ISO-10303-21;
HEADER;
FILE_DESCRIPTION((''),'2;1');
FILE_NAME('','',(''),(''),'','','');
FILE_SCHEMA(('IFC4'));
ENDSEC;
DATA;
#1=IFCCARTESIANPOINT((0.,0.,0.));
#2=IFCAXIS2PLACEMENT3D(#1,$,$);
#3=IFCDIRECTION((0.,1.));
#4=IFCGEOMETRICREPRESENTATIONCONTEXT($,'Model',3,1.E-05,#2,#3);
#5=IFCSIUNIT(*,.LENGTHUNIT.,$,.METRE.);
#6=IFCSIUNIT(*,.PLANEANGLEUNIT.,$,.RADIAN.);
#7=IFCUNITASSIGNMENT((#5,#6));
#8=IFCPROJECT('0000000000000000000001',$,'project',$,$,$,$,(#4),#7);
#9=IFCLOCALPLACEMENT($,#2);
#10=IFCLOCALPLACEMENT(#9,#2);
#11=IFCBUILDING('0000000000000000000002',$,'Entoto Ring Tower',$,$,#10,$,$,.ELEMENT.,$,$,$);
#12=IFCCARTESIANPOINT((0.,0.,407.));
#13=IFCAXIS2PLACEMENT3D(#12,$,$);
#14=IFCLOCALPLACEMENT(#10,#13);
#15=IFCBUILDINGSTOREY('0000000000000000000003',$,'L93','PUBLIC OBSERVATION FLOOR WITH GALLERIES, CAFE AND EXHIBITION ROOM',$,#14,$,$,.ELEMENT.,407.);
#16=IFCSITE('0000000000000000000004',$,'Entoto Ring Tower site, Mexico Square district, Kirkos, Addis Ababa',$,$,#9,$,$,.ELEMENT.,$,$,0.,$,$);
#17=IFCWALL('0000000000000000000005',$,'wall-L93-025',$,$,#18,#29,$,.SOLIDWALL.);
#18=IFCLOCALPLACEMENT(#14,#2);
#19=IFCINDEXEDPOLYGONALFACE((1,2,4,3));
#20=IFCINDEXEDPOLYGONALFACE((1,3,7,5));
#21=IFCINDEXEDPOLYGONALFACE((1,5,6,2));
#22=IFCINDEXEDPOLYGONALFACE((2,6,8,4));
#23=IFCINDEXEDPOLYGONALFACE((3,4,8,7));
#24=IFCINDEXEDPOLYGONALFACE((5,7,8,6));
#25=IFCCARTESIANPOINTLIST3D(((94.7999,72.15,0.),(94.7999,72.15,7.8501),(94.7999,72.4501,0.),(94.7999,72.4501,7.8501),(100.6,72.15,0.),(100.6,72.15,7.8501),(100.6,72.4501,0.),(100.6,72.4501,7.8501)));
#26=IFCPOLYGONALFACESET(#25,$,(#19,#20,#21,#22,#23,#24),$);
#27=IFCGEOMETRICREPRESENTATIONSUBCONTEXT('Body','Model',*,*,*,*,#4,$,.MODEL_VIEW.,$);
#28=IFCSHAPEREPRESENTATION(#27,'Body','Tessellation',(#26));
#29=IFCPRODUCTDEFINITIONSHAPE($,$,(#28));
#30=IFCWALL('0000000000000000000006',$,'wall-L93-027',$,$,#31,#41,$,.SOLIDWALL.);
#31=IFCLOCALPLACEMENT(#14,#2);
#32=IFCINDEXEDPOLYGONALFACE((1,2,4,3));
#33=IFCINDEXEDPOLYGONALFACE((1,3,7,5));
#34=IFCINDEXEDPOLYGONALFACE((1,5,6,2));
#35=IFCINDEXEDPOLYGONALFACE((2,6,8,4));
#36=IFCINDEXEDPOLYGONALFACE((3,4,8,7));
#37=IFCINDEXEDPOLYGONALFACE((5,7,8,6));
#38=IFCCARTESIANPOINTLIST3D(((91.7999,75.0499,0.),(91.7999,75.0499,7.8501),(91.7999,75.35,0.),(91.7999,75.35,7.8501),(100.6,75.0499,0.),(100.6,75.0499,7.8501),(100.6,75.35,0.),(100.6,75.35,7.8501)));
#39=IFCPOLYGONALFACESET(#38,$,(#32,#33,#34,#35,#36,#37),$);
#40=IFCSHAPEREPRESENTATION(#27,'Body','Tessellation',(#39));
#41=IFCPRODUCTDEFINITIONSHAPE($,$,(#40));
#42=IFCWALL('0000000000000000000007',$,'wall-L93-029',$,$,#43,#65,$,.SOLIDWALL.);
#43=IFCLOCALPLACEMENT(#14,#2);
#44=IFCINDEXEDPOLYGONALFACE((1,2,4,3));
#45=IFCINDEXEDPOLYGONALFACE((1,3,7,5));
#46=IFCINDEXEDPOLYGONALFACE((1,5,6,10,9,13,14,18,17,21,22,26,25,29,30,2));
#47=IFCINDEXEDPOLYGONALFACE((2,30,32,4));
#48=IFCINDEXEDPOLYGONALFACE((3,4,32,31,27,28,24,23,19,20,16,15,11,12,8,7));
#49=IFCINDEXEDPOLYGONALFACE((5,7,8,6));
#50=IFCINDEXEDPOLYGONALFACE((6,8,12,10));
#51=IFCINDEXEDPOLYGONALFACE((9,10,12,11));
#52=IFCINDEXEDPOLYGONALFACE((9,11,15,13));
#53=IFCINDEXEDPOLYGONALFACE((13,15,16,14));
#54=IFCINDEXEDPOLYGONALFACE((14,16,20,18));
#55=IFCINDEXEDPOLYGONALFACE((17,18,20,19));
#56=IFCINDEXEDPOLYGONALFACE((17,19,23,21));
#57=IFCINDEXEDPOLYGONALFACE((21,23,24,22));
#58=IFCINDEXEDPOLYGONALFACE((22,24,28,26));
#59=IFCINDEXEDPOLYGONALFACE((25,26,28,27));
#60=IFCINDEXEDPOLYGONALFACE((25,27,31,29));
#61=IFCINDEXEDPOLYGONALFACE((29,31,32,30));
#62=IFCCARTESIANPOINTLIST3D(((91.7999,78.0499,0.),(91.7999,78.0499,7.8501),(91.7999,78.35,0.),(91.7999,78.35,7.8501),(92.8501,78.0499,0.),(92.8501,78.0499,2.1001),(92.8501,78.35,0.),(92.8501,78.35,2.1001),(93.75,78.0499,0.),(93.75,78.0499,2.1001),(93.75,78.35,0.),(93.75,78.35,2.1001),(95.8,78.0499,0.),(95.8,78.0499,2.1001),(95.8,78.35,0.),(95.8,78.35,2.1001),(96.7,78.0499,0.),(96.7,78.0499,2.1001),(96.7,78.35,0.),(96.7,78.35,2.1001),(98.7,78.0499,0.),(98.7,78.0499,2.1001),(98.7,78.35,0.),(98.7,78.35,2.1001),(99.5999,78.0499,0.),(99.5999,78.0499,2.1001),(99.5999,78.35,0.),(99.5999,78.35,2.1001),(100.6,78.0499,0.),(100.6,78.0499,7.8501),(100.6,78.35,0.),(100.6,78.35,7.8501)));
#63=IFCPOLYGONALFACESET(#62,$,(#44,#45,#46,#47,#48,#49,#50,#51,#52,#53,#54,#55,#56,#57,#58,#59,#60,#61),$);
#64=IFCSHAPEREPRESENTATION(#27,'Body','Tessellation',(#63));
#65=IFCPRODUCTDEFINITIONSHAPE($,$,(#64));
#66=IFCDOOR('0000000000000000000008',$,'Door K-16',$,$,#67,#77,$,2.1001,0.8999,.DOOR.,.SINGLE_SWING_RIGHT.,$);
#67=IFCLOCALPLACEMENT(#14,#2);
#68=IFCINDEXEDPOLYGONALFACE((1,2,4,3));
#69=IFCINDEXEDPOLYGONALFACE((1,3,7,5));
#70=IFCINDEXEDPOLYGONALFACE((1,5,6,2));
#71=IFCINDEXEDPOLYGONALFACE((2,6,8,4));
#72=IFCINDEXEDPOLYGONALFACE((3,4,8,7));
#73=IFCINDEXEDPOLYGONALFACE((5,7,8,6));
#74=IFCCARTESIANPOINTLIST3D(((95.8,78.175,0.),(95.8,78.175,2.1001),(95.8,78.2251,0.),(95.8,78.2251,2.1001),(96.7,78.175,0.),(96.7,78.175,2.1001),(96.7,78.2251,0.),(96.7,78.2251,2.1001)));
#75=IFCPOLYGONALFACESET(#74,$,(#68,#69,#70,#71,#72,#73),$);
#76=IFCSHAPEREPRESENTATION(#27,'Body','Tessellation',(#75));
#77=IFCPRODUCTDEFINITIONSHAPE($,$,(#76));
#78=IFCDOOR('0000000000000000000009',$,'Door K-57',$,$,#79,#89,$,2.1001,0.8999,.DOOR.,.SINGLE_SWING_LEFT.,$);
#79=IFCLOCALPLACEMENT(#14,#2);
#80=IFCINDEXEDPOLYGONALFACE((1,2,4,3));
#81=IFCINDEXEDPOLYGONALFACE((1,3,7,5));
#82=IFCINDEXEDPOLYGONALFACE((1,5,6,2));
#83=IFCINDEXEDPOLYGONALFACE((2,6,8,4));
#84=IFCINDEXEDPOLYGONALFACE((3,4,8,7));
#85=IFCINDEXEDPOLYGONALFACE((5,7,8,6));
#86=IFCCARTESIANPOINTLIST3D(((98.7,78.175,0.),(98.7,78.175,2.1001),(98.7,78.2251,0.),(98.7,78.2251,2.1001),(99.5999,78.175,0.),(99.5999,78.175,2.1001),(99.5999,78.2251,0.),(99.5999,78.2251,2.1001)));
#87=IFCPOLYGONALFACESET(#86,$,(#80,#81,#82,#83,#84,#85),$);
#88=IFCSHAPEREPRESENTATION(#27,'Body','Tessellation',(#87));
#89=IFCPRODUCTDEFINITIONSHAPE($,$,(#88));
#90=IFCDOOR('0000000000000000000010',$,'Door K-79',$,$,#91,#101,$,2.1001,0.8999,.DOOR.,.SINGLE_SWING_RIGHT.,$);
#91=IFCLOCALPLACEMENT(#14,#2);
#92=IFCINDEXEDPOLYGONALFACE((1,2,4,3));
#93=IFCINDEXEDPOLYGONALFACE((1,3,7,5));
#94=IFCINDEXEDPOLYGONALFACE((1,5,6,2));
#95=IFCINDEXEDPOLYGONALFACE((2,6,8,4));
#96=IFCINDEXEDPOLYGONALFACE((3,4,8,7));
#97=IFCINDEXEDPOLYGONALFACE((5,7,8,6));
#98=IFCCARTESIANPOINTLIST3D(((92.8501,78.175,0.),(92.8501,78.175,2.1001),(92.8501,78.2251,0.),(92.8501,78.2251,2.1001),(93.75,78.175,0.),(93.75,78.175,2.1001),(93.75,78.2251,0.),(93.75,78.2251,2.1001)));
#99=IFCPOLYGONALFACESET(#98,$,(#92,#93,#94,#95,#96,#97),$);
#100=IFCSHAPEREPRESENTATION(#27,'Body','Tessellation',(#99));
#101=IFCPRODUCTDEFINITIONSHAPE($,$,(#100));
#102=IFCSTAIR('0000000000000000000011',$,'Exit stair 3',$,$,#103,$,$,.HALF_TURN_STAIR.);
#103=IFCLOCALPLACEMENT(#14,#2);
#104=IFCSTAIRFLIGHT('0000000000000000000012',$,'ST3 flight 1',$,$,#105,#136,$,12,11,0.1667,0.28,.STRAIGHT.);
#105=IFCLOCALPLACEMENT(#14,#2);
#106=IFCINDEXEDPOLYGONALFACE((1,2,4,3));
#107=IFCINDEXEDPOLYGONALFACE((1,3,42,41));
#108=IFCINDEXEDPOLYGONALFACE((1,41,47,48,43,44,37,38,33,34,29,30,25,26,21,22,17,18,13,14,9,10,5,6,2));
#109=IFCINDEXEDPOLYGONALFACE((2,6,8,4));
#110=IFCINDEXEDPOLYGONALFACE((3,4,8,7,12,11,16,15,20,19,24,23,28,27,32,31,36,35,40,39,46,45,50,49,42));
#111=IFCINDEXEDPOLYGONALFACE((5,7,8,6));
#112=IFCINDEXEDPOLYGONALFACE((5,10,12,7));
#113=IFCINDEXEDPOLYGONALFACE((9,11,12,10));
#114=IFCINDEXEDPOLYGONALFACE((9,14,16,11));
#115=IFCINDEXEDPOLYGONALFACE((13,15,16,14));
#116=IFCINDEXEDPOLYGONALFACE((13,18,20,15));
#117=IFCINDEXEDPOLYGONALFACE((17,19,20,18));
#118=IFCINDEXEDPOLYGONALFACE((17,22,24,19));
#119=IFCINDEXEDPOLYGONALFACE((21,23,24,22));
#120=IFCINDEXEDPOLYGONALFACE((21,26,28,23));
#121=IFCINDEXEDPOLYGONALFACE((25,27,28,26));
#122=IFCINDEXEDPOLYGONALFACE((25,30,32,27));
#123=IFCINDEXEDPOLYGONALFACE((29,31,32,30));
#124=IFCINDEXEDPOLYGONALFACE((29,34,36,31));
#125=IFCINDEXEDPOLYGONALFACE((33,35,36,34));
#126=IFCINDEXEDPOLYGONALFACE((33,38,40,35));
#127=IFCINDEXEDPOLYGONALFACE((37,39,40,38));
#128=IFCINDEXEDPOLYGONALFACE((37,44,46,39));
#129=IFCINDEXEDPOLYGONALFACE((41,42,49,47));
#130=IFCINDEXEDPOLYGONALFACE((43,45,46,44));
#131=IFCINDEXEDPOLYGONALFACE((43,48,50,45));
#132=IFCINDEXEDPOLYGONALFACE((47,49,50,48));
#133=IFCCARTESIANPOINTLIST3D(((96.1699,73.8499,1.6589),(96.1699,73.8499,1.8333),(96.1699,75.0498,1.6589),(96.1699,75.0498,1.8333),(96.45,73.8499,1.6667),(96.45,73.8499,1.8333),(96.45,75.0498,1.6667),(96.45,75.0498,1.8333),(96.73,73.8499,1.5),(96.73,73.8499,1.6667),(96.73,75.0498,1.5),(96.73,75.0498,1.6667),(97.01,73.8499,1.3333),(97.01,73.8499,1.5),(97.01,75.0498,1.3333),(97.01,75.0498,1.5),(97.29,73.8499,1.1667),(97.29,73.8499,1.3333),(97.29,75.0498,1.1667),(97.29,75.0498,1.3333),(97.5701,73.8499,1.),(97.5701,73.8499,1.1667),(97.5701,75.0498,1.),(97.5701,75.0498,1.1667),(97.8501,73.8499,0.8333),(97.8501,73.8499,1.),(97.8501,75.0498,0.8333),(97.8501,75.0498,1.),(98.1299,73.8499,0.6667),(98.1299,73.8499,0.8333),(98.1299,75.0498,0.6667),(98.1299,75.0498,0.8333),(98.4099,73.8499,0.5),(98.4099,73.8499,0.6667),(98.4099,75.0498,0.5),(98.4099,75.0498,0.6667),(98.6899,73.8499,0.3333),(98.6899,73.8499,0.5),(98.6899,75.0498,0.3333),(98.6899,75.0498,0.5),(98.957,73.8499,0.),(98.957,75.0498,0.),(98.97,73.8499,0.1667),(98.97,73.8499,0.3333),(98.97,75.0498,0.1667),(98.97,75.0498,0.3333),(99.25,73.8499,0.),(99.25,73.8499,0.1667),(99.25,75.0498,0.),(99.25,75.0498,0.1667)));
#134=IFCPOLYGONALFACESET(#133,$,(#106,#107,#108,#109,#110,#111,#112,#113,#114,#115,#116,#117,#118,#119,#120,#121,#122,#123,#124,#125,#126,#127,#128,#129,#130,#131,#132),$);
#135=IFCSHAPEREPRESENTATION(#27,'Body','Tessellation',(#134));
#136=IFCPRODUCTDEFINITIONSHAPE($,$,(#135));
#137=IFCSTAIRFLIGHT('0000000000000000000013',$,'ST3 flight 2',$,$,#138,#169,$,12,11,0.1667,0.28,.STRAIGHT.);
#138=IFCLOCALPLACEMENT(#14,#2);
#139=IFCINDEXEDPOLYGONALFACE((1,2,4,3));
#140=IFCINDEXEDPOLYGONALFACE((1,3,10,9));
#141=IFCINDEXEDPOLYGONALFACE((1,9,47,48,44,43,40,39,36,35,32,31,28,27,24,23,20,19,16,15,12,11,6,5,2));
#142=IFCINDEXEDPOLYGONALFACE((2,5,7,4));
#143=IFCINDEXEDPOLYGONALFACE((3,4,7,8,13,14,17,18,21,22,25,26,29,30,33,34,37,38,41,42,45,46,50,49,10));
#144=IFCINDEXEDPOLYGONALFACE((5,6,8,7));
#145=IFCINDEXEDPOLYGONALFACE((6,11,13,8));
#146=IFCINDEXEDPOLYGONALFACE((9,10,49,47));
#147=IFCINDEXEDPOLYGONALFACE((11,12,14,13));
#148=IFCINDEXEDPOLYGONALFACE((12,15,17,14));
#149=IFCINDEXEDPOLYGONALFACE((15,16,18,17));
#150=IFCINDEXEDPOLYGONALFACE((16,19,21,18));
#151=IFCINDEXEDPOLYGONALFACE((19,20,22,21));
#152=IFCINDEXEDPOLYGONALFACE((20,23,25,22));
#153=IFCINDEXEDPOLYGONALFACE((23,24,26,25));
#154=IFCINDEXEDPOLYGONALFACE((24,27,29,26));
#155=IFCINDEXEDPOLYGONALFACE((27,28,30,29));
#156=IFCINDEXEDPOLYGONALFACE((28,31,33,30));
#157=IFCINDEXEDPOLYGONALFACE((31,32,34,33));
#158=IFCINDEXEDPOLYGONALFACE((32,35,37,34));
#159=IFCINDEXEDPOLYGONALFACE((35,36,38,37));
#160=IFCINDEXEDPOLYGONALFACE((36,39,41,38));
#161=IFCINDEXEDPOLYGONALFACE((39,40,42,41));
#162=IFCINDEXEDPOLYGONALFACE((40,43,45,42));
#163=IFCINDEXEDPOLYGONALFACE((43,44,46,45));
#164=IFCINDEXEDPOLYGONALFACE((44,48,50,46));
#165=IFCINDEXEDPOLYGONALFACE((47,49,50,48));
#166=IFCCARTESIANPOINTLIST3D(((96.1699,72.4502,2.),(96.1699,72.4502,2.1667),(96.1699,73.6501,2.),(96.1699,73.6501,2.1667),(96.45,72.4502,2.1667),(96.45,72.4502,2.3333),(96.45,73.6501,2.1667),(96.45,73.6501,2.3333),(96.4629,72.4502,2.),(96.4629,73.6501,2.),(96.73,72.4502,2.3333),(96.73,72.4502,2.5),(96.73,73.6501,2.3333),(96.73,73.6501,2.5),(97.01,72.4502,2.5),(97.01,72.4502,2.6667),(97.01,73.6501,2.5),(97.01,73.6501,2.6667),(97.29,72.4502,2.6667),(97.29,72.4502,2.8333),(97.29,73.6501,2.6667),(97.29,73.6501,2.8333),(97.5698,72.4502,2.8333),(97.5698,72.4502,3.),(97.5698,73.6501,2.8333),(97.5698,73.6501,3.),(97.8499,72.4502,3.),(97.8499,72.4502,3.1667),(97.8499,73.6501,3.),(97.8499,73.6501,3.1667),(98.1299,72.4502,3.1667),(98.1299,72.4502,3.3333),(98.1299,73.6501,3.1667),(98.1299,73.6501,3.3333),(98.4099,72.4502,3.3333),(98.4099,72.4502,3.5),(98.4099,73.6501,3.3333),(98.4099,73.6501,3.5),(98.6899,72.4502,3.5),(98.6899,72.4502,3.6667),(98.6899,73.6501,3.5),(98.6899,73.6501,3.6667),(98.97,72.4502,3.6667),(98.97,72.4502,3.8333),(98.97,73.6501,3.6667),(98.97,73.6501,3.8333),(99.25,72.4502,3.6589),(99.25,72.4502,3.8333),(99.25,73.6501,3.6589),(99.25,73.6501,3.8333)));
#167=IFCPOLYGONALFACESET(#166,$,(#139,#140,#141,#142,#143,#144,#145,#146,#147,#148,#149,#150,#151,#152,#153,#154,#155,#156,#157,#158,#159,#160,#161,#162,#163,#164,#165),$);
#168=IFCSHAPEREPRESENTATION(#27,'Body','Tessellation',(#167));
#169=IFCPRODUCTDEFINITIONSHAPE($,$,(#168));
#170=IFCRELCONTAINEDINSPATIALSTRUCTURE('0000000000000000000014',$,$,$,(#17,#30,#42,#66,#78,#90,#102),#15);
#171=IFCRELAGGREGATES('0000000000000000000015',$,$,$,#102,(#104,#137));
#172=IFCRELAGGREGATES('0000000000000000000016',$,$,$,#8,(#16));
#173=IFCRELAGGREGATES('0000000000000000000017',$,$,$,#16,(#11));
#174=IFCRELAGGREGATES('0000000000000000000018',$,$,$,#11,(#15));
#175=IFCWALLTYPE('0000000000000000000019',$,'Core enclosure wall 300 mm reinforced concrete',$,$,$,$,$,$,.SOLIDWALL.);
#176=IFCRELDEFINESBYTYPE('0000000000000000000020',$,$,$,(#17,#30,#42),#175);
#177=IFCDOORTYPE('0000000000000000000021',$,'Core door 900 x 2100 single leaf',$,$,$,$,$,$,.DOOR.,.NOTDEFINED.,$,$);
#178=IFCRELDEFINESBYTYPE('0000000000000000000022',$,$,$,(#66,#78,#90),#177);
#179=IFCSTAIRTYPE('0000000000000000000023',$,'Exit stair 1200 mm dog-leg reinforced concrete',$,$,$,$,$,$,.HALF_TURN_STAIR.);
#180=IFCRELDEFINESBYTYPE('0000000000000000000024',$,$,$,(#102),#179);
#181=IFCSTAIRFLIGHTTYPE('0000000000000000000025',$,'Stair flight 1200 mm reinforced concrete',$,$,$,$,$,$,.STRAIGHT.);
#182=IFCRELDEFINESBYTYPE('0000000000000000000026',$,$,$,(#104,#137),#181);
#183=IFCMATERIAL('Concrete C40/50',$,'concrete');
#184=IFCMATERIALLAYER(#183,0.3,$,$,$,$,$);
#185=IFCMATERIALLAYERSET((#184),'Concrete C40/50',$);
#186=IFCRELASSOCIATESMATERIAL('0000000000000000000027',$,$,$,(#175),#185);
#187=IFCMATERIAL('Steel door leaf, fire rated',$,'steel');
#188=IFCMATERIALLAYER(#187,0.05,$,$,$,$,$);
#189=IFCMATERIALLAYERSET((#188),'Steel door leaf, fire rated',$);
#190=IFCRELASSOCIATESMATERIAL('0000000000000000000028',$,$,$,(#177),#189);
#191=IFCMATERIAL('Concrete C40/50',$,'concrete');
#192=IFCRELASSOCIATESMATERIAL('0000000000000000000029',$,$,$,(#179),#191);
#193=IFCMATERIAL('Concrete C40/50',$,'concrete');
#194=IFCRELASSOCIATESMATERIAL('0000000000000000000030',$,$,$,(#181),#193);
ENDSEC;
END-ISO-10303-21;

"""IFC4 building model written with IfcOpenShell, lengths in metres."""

from ifc_helpers import new_model, si_unit, direction, frame, frame_2d, origin, place, context, subcontext, project, spatial, polyline, rectangle, outline, extrude, material, layer, layer_set, type_object, element, fill, aggregate, save


model = new_model("IFC4")

# Units and contexts
model_context = context("Model", 3, precision=1e-05, world=origin(), true_north=direction((0.0, 1.0)))
body_context = subcontext(model_context, "Body", "Model", "MODEL_VIEW")
ifc_project = project(units=[si_unit("LENGTHUNIT", "METRE"), si_unit("PLANEANGLEUNIT", "RADIAN")], contexts=[model_context])

# Site, building, storey
site_placement = place(None, origin())
site = spatial("IfcSite", under=ifc_project, at=site_placement, Name="Entoto Ring Tower site, Mexico Square district, Kirkos, Addis Ababa", CompositionType="ELEMENT", RefElevation=0.0)
building_placement = place(site_placement, origin())
building = spatial("IfcBuilding", under=site, at=building_placement, Name="Entoto Ring Tower", CompositionType="ELEMENT")
storey_placement = place(building_placement, frame((0.0, 0.0, 407.0)))
storey = spatial("IfcBuildingStorey", under=building, at=storey_placement, Name="L93", Description="PUBLIC OBSERVATION FLOOR WITH GALLERIES, CAFE AND EXHIBITION ROOM", CompositionType="ELEMENT", Elevation=407.0)

# Shared definitions
ifc_material_1 = material(Name="Concrete C40/50", Category="concrete")
ifc_layer_1 = layer(ifc_material_1, 0.3)
ifc_layer_set_1 = layer_set([ifc_layer_1], Name="Concrete C40/50")
wall_type = type_object("IfcWallType", Name="Core enclosure wall 300 mm reinforced concrete", PredefinedType="SOLIDWALL", material=ifc_layer_set_1)

# Shared definitions
ifc_material_2 = material(Name="Steel door leaf, fire rated", Category="steel")
ifc_layer_2 = layer(ifc_material_2, 0.05)
ifc_layer_set_2 = layer_set([ifc_layer_2], Name="Steel door leaf, fire rated")
door_type_1 = type_object("IfcDoorType", Name="Core door 900 x 2100 single leaf", OperationType="NOTDEFINED", PredefinedType="DOOR", material=ifc_layer_set_2)

# Walls
wall_1_placement = place(storey_placement, frame((94.8, 72.3, 0.0), z_axis=(0.0, 0.0, 1.0), x_axis=(1.0, 0.0, 0.0)))
element("IfcWall", 1, at=wall_1_placement, inside=storey, type_object=wall_type, Name="wall-L93-025", PredefinedType="SOLIDWALL", context=body_context, shape_type="SweptSolid", body=[
    extrude(rectangle(XDim=5.8, YDim=0.3, at=frame_2d((2.8999, 0.0))), origin(), (0.0, 0.0, 1.0), 7.8501),
])
wall_2_placement = place(storey_placement, frame((91.8, 75.2, 0.0), z_axis=(0.0, 0.0, 1.0), x_axis=(1.0, 0.0, 0.0)))
element("IfcWall", 2, at=wall_2_placement, inside=storey, type_object=wall_type, Name="wall-L93-027", PredefinedType="SOLIDWALL", context=body_context, shape_type="SweptSolid", body=[
    extrude(rectangle(XDim=8.8, YDim=0.3, at=frame_2d((4.3999, 0.0))), origin(), (0.0, 0.0, 1.0), 7.8501),
])

# Wall, openings, doors
wall_3_placement = place(storey_placement, frame((91.8, 78.2, 0.0), z_axis=(0.0, 0.0, 1.0), x_axis=(1.0, 0.0, 0.0)))
wall_3 = element("IfcWall", 3, at=wall_3_placement, inside=storey, type_object=wall_type, Name="wall-L93-029", PredefinedType="SOLIDWALL", context=body_context, shape_type="SweptSolid", body=[
    extrude(rectangle(XDim=8.8, YDim=0.3, at=frame_2d((4.3999, 0.0))), origin(), (0.0, 0.0, 1.0), 7.8501),
])
opening_1_placement = place(wall_3_placement, frame((4.0, 0.0, 0.0)))
opening_1 = element("IfcOpeningElement", 4, at=opening_1_placement, cuts=wall_3, PredefinedType="OPENING", context=body_context, shape_type="SweptSolid", body=[
    extrude(rectangle(XDim=0.8999, YDim=2.1001, at=frame_2d((0.45, 1.05))), frame((0.0, 0.1602, 0.0), z_axis=(0.0, -1.0, 0.0), x_axis=(1.0, 0.0, 0.0)), (0.0, 0.0, 1.0), 0.3201),
])
opening_2_placement = place(wall_3_placement, frame((6.8999, 0.0, 0.0)))
opening_2 = element("IfcOpeningElement", 5, at=opening_2_placement, cuts=wall_3, PredefinedType="OPENING", context=body_context, shape_type="SweptSolid", body=[
    extrude(rectangle(XDim=0.8999, YDim=2.1001, at=frame_2d((0.45, 1.05))), frame((0.0, 0.1602, 0.0), z_axis=(0.0, -1.0, 0.0), x_axis=(1.0, 0.0, 0.0)), (0.0, 0.0, 1.0), 0.3201),
])
opening_3_placement = place(wall_3_placement, frame((1.05, 0.0, 0.0)))
opening_3 = element("IfcOpeningElement", 6, at=opening_3_placement, cuts=wall_3, PredefinedType="OPENING", context=body_context, shape_type="SweptSolid", body=[
    extrude(rectangle(XDim=0.8999, YDim=2.1001, at=frame_2d((0.45, 1.05))), frame((0.0, 0.1602, 0.0), z_axis=(0.0, -1.0, 0.0), x_axis=(1.0, 0.0, 0.0)), (0.0, 0.0, 1.0), 0.3201),
])
door_1_placement = place(opening_1_placement, frame((0.8999, 0.0, 0.0), z_axis=(0.0, 0.0, 1.0), x_axis=(-1.0, 0.0, 0.0)))
door_1 = element("IfcDoor", 7, at=door_1_placement, inside=storey, type_object=door_type_1, Name="Door K-16", OperationType="SINGLE_SWING_RIGHT", OverallHeight=2.1001, OverallWidth=0.8999, PredefinedType="DOOR", context=body_context, shape_type="SweptSolid", body=[
    extrude(rectangle(XDim=0.8999, YDim=2.1001, at=frame_2d((0.45, 1.05))), frame((0.0, 0.0249, 0.0), z_axis=(0.0, -1.0, 0.0), x_axis=(1.0, 0.0, 0.0)), (0.0, 0.0, 1.0), 0.05),
])
fill(opening_1, door_1)
door_2_placement = place(opening_2_placement, frame((0.8999, 0.0, 0.0), z_axis=(0.0, 0.0, 1.0), x_axis=(-1.0, 0.0, 0.0)))
door_2 = element("IfcDoor", 8, at=door_2_placement, inside=storey, type_object=door_type_1, Name="Door K-57", OperationType="SINGLE_SWING_LEFT", OverallHeight=2.1001, OverallWidth=0.8999, PredefinedType="DOOR", context=body_context, shape_type="SweptSolid", body=[
    extrude(rectangle(XDim=0.8999, YDim=2.1001, at=frame_2d((0.45, 1.05))), frame((0.0, 0.0249, 0.0), z_axis=(0.0, -1.0, 0.0), x_axis=(1.0, 0.0, 0.0)), (0.0, 0.0, 1.0), 0.05),
])
fill(opening_2, door_2)
door_3_placement = place(opening_3_placement, frame((0.8999, 0.0, 0.0), z_axis=(0.0, 0.0, 1.0), x_axis=(-1.0, 0.0, 0.0)))
door_3 = element("IfcDoor", 9, at=door_3_placement, inside=storey, type_object=door_type_1, Name="Door K-79", OperationType="SINGLE_SWING_RIGHT", OverallHeight=2.1001, OverallWidth=0.8999, PredefinedType="DOOR", context=body_context, shape_type="SweptSolid", body=[
    extrude(rectangle(XDim=0.8999, YDim=2.1001, at=frame_2d((0.45, 1.05))), frame((0.0, 0.0249, 0.0), z_axis=(0.0, -1.0, 0.0), x_axis=(1.0, 0.0, 0.0)), (0.0, 0.0, 1.0), 0.05),
])
fill(opening_3, door_3)

# Stair, stair flights
ifc_material_3 = material(Name="Concrete C40/50", Category="concrete")
stair_type = type_object("IfcStairType", Name="Exit stair 1200 mm dog-leg reinforced concrete", PredefinedType="HALF_TURN_STAIR", material=ifc_material_3)
stair_placement = place(storey_placement, origin())
stair = element("IfcStair", 10, at=stair_placement, inside=storey, type_object=stair_type, Name="Exit stair 3", PredefinedType="HALF_TURN_STAIR")
ifc_material_4 = material(Name="Concrete C40/50", Category="concrete")
stair_flight_type = type_object("IfcStairFlightType", Name="Stair flight 1200 mm reinforced concrete", PredefinedType="STRAIGHT", material=ifc_material_4)
stair_flight_1_placement = place(storey_placement, frame((99.25, 74.45, 0.0), z_axis=(0.0, 0.0, 1.0), x_axis=(-1.0, 0.0, 0.0)))
stair_flight_1 = element("IfcStairFlight", 11, at=stair_flight_1_placement, type_object=stair_flight_type, Name="ST3 flight 1", NumberOfRisers=12, NumberOfTreads=11, PredefinedType="STRAIGHT", RiserHeight=0.1667, TreadLength=0.28, context=body_context, shape_type="SweptSolid", body=[
    extrude(outline(polyline([(0.0, 0.0), (0.0, 0.1667), (0.28, 0.1667), (0.28, 0.3333), (0.5601, 0.3333), (0.5601, 0.5), (0.8401, 0.5), (0.8401, 0.6667), (1.1201, 0.6667), (1.1201, 0.8333), (1.3999, 0.8333), (1.3999, 1.0), (1.6799, 1.0), (1.6799, 1.1667), (1.96, 1.1667), (1.96, 1.3333), (2.24, 1.3333), (2.24, 1.5), (2.52, 1.5), (2.52, 1.6667), (2.8, 1.6667), (2.8, 1.8333), (3.0801, 1.8333), (3.0801, 2.0), (3.0801, 1.6589), (0.293, 0.0), (0.0, 0.0)])), frame((0.0, 0.6001, 0.0), z_axis=(0.0, -1.0, 0.0), x_axis=(1.0, 0.0, 0.0)), (0.0, 0.0, 1.0), 1.2),
])
stair_flight_2_placement = place(storey_placement, frame((96.1699, 73.05, 2.0), z_axis=(0.0, 0.0, 1.0), x_axis=(1.0, 0.0, 0.0)))
stair_flight_2 = element("IfcStairFlight", 12, at=stair_flight_2_placement, type_object=stair_flight_type, Name="ST3 flight 2", NumberOfRisers=12, NumberOfTreads=11, PredefinedType="STRAIGHT", RiserHeight=0.1667, TreadLength=0.28, context=body_context, shape_type="SweptSolid", body=[
    extrude(outline(polyline([(0.0, 0.0), (0.0, 0.1667), (0.28, 0.1667), (0.28, 0.3333), (0.5601, 0.3333), (0.5601, 0.5), (0.8401, 0.5), (0.8401, 0.6667), (1.1201, 0.6667), (1.1201, 0.8333), (1.3999, 0.8333), (1.3999, 1.0), (1.6799, 1.0), (1.6799, 1.1667), (1.96, 1.1667), (1.96, 1.3333), (2.24, 1.3333), (2.24, 1.5), (2.52, 1.5), (2.52, 1.6667), (2.8, 1.6667), (2.8, 1.8333), (3.0801, 1.8333), (3.0801, 2.0), (3.0801, 1.6589), (0.293, 0.0), (0.0, 0.0)])), frame((0.0, 0.6001, 0.0), z_axis=(0.0, -1.0, 0.0), x_axis=(1.0, 0.0, 0.0)), (0.0, 0.0, 1.0), 1.2),
])
aggregate(stair, [stair_flight_1, stair_flight_2])

save(model, "model.ifc")
